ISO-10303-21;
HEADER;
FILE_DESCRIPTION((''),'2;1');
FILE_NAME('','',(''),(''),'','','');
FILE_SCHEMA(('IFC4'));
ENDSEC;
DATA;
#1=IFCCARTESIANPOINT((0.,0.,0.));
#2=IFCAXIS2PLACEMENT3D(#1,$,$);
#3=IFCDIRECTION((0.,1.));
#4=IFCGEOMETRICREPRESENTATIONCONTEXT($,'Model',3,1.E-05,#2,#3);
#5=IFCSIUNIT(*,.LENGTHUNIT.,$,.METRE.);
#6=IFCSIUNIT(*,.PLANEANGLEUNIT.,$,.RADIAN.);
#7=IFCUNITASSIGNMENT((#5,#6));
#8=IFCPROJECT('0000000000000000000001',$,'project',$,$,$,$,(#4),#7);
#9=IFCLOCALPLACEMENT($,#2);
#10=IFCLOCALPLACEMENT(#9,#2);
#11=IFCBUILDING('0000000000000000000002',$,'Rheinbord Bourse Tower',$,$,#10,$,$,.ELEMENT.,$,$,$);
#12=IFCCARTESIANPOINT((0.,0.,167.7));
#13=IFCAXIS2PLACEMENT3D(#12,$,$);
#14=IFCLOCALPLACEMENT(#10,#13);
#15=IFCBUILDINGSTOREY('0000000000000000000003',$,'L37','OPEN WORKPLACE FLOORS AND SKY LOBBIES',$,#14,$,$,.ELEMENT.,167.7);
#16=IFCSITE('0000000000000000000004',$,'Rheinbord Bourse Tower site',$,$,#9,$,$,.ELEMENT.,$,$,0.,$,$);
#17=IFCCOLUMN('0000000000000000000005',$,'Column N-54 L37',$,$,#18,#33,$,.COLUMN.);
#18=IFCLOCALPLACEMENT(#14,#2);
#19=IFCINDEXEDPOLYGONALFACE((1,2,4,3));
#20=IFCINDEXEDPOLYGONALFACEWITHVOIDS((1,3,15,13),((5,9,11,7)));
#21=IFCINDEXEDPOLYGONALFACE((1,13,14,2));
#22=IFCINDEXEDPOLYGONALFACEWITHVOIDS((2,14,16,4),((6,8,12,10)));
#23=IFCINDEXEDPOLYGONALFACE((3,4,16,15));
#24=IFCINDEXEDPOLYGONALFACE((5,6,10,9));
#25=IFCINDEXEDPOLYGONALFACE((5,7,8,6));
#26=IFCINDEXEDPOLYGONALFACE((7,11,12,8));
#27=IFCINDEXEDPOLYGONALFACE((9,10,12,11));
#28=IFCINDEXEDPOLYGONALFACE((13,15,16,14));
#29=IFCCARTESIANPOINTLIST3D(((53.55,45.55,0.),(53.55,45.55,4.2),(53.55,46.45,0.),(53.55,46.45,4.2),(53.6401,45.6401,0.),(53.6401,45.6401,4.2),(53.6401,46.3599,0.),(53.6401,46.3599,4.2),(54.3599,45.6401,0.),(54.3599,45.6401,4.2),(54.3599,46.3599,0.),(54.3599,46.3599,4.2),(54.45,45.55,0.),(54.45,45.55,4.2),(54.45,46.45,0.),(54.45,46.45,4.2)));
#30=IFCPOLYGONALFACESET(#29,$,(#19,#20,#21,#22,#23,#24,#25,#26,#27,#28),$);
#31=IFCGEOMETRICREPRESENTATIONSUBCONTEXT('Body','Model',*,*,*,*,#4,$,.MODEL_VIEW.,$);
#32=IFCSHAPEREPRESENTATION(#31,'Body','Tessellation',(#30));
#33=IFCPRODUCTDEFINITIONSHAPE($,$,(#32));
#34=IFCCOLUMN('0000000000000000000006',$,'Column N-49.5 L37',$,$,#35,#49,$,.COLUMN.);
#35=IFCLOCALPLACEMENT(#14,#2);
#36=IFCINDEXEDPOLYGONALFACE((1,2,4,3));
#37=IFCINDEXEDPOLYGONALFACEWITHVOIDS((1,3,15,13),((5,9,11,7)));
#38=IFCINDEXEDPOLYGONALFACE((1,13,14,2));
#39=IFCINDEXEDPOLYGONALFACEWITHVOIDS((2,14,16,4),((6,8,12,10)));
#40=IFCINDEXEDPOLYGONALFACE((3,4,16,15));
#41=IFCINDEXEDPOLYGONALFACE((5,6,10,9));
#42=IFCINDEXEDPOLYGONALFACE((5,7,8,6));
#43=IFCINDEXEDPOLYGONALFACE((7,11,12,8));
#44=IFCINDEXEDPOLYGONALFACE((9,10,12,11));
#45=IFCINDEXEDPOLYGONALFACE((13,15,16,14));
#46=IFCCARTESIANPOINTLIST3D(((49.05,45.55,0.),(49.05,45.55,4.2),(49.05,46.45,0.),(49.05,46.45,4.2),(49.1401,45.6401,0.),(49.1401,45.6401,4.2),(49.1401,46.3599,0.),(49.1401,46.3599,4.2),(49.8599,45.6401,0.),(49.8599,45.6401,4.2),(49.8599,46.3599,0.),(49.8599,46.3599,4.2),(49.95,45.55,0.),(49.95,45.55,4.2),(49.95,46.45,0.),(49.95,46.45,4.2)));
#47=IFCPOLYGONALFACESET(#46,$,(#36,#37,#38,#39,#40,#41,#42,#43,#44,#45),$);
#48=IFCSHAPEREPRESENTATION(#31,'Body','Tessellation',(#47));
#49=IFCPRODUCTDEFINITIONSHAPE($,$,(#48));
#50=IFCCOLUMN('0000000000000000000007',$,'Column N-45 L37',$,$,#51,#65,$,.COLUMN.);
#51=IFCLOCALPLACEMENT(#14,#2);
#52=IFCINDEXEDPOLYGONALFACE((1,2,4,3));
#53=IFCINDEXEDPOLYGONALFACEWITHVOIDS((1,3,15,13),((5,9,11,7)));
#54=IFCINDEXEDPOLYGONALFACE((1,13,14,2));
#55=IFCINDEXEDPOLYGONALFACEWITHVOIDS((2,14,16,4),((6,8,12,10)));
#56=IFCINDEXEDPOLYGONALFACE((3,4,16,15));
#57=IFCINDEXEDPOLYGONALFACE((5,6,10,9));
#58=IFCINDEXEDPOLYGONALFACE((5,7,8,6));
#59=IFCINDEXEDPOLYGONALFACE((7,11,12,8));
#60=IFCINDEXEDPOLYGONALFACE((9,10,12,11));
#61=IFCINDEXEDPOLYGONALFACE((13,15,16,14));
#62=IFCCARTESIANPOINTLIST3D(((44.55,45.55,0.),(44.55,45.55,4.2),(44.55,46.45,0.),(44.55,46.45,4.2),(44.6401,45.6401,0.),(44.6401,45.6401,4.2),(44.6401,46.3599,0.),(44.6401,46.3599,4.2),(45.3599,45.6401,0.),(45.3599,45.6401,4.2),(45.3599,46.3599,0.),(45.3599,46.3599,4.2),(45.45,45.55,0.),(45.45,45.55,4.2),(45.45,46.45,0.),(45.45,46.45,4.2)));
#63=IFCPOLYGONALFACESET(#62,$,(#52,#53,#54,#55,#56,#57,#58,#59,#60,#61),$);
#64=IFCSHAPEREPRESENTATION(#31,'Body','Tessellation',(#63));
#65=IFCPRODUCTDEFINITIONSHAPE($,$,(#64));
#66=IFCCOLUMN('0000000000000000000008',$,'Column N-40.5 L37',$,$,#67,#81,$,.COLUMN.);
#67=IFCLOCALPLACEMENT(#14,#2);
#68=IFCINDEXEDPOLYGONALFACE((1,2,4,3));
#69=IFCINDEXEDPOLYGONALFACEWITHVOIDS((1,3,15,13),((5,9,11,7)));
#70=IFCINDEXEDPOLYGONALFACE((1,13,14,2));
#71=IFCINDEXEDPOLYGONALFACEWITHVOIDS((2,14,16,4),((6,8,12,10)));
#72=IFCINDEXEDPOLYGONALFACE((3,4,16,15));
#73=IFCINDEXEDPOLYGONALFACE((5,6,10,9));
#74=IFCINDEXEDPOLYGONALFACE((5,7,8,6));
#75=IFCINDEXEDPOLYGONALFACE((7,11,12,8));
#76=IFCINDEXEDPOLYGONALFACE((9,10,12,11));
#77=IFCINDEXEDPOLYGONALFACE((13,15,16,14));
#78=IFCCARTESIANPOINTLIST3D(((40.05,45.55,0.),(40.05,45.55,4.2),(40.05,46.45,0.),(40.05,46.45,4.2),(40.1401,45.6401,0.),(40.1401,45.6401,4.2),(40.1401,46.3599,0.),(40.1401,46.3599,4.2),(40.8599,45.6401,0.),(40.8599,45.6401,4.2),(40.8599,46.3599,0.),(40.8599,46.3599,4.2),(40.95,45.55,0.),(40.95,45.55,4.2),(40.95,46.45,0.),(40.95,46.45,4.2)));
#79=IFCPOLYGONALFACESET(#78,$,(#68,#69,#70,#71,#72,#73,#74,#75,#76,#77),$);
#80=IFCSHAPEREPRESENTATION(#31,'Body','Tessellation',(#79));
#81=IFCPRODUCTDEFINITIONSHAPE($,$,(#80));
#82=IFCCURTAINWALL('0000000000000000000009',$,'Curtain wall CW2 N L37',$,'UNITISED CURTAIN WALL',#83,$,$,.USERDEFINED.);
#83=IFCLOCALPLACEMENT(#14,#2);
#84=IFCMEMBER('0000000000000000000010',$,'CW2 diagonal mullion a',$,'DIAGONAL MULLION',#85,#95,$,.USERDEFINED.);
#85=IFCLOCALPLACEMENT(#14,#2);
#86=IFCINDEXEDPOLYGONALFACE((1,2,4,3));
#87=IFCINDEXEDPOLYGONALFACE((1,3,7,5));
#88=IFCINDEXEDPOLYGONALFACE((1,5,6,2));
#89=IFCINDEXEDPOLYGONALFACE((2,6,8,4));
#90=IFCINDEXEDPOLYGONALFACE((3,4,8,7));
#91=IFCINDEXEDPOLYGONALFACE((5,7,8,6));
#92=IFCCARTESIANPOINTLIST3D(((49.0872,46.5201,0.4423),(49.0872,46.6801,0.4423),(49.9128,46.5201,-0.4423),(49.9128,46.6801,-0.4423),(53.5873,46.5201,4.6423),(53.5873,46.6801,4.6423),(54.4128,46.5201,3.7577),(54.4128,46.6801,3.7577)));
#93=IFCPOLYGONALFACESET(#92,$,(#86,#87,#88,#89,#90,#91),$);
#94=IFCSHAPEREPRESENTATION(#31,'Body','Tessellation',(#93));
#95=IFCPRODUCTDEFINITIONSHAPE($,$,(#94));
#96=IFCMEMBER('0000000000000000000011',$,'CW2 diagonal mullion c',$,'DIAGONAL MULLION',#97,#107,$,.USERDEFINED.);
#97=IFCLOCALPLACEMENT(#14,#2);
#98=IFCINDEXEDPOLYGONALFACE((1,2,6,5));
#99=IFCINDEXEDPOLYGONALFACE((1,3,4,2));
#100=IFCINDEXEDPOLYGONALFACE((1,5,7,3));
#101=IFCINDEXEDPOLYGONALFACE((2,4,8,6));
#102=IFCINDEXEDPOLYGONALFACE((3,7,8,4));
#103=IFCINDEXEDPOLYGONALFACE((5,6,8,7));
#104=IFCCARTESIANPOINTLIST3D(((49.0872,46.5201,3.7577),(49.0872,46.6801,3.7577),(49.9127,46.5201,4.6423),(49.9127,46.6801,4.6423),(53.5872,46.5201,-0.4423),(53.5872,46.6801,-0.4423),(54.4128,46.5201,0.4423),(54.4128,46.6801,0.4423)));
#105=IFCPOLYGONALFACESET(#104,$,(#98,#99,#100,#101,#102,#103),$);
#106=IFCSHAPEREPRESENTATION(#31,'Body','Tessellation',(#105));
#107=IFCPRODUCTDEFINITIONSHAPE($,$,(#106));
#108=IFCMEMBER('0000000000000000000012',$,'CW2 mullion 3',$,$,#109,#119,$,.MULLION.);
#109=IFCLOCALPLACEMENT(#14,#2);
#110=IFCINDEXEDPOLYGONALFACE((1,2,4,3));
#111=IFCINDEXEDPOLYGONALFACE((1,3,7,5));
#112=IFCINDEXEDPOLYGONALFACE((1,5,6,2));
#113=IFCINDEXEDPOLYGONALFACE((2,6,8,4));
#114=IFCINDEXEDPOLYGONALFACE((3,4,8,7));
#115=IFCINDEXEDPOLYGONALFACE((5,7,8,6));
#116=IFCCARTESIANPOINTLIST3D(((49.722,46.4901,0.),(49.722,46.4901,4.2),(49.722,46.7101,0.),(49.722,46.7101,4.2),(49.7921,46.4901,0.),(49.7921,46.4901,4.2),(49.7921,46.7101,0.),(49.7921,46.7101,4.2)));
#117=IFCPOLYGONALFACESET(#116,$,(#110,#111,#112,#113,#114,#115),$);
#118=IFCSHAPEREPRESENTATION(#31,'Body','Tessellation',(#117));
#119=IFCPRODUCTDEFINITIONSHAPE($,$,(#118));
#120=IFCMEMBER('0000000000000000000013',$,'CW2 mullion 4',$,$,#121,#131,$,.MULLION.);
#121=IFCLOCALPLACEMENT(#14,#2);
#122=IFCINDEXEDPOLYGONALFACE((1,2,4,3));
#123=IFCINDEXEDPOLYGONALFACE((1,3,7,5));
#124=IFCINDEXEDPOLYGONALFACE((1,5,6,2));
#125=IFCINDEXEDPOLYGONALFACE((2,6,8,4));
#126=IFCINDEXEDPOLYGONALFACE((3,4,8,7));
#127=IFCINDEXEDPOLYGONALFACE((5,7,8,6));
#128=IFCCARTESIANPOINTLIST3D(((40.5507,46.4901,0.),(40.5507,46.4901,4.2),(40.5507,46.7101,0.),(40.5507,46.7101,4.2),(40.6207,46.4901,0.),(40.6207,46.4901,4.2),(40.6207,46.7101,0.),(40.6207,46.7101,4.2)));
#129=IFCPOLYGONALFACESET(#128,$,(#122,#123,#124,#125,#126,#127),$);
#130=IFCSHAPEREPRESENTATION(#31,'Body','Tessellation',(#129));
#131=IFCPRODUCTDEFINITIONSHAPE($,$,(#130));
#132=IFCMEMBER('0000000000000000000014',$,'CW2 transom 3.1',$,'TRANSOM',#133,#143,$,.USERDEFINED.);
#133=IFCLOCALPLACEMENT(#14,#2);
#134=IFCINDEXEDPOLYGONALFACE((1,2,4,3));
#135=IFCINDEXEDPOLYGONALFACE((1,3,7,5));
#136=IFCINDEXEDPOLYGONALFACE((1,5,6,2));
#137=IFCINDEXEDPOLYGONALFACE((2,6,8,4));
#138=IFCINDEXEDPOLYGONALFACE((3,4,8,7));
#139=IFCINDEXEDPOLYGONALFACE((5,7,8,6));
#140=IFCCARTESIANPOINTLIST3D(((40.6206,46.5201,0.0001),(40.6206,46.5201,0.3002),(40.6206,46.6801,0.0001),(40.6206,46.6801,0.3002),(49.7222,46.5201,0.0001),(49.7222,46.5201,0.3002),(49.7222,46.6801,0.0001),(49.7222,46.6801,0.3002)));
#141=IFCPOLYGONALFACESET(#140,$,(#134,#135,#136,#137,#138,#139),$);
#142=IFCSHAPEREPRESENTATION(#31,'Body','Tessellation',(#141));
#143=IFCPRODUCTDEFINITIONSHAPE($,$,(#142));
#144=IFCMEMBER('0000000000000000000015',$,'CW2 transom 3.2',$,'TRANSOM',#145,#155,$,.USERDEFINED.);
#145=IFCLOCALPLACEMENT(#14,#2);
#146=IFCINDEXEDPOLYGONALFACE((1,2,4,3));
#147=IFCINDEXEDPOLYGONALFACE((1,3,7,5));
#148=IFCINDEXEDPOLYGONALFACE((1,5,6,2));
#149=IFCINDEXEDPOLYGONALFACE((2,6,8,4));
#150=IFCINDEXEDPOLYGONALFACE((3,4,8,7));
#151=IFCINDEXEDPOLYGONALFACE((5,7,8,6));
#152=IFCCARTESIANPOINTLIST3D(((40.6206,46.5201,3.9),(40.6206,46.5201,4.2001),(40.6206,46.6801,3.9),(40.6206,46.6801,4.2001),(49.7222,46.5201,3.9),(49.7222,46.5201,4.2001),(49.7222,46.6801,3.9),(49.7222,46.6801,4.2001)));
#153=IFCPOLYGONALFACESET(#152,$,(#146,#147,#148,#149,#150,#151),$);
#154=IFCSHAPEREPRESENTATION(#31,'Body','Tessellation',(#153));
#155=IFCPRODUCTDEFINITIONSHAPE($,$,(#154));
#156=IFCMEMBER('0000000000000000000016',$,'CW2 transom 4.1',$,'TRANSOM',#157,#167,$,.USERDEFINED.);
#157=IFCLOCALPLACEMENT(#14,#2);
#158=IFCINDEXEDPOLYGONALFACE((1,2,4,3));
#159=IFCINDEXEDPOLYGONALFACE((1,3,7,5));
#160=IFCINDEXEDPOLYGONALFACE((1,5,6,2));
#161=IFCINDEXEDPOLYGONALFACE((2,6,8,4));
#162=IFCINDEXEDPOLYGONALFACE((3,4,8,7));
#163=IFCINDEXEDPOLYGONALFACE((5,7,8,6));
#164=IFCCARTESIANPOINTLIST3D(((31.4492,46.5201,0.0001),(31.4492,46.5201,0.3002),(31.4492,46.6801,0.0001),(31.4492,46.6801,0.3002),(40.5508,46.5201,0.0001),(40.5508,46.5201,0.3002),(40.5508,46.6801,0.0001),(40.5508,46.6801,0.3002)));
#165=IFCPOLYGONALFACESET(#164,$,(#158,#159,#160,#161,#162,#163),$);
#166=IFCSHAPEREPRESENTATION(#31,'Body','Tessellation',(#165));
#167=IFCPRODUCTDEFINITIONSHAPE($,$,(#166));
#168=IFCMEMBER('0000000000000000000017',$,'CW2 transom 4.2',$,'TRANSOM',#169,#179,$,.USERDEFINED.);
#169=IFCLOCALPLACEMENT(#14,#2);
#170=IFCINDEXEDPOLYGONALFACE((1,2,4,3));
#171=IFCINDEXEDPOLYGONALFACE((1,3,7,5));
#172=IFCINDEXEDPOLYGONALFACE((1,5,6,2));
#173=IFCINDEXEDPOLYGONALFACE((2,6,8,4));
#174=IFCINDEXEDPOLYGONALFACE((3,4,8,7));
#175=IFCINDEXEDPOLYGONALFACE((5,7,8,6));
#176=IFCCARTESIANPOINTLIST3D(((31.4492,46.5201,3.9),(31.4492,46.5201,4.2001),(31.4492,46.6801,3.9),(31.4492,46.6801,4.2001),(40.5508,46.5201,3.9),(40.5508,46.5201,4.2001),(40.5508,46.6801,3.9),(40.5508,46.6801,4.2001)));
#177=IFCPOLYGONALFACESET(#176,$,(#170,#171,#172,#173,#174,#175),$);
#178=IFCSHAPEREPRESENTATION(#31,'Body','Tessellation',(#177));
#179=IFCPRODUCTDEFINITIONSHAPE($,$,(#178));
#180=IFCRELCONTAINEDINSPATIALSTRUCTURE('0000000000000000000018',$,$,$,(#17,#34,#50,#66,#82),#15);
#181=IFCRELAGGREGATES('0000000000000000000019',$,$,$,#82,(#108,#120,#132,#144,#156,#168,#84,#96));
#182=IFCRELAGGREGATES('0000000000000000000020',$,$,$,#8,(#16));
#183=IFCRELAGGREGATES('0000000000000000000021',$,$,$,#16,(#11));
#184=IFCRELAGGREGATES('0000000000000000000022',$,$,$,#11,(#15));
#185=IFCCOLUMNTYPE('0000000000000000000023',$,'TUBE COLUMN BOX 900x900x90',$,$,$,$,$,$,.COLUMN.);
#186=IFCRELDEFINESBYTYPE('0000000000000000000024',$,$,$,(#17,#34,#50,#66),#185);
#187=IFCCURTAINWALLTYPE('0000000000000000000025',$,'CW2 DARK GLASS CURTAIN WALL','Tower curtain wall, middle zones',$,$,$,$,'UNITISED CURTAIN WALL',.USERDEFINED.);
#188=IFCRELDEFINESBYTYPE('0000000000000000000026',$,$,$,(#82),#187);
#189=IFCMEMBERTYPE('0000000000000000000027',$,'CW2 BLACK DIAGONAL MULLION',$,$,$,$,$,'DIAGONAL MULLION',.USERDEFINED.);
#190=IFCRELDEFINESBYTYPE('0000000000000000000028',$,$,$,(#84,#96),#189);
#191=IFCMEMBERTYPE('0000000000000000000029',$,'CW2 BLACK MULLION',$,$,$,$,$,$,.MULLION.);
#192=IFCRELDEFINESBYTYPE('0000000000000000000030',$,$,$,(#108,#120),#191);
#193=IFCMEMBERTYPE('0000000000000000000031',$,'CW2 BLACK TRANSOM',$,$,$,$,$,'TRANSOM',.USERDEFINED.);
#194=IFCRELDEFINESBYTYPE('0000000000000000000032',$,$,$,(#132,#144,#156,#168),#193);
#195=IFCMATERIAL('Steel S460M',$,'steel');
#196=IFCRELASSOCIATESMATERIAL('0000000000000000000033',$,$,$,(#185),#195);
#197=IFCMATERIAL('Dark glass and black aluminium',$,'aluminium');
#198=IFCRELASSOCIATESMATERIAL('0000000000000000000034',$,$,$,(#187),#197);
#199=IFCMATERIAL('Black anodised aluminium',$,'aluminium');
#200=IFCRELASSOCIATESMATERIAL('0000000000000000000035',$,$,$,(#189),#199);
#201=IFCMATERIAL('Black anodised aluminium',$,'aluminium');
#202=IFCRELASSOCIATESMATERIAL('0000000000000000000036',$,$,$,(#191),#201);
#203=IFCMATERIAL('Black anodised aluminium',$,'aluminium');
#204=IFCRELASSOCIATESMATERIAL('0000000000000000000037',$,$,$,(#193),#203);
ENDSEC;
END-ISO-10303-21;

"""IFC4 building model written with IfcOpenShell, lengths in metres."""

from ifc_helpers import new_model, si_unit, direction, frame, origin, origin_2d, place, context, subcontext, project, spatial, rectangle, hollow_rectangle, extrude, material, material_profile, profile_set, type_object, element, aggregate, save


model = new_model("IFC4")

# Units and contexts
model_context = context("Model", 3, precision=1e-05, world=origin(), true_north=direction((0.0, 1.0)))
body_context = subcontext(model_context, "Body", "Model", "MODEL_VIEW")
ifc_project = project(units=[si_unit("LENGTHUNIT", "METRE"), si_unit("PLANEANGLEUNIT", "RADIAN")], contexts=[model_context])

# Site, building, storey
site_placement = place(None, origin())
site = spatial("IfcSite", under=ifc_project, at=site_placement, Name="Rheinbord Bourse Tower site", CompositionType="ELEMENT", RefElevation=0.0)
building_placement = place(site_placement, origin())
building = spatial("IfcBuilding", under=site, at=building_placement, Name="Rheinbord Bourse Tower", CompositionType="ELEMENT")
storey_placement = place(building_placement, frame((0.0, 0.0, 167.7)))
storey = spatial("IfcBuildingStorey", under=building, at=storey_placement, Name="L37", Description="OPEN WORKPLACE FLOORS AND SKY LOBBIES", CompositionType="ELEMENT", Elevation=167.7)

# Columns
ifc_material_1 = material(Name="Steel S460M", Category="steel")
ifc_material_profile_1 = material_profile(ifc_material_1, hollow_rectangle(XDim=0.8999, YDim=0.8999, WallThickness=0.0901, at=origin_2d()), Name="BOX 900x900x90")
ifc_profile_set_1 = profile_set([ifc_material_profile_1], Name="Steel S460M")
column_type = type_object("IfcColumnType", Name="TUBE COLUMN BOX 900x900x90", PredefinedType="COLUMN", material=ifc_profile_set_1)
for number, where, z_axis, x_axis, name in (
    (1, (54.0, 46.0, 0.0), (0.0, 0.0, 1.0), (0.0, 1.0, 0.0), "Column N-54 L37"),
    (2, (49.5, 46.0, 0.0), (0.0, 0.0, 1.0), (0.0, 1.0, 0.0), "Column N-49.5 L37"),
    (3, (45.0, 46.0, 0.0), (0.0, 0.0, 1.0), (0.0, 1.0, 0.0), "Column N-45 L37"),
    (4, (40.5, 46.0, 0.0), (0.0, 0.0, 1.0), (0.0, 1.0, 0.0), "Column N-40.5 L37"),
):
    element("IfcColumn", number, at=place(storey_placement, frame(where, z_axis=z_axis, x_axis=x_axis)), inside=storey, type_object=column_type, Name=name, PredefinedType="COLUMN", context=body_context, shape_type="SweptSolid", body=[
        extrude(hollow_rectangle(XDim=0.8999, YDim=0.8999, WallThickness=0.0901, at=origin_2d()), origin(), (0.0, 0.0, 1.0), 4.2),
    ])

# Curtain wall, members
ifc_material_2 = material(Name="Dark glass and black aluminium", Category="aluminium")
curtain_wall_type = type_object("IfcCurtainWallType", Name="CW2 DARK GLASS CURTAIN WALL", Description="Tower curtain wall, middle zones", ElementType="UNITISED CURTAIN WALL", PredefinedType="USERDEFINED", material=ifc_material_2)
curtain_wall_placement = place(storey_placement, origin())
curtain_wall = element("IfcCurtainWall", 5, at=curtain_wall_placement, inside=storey, type_object=curtain_wall_type, Name="Curtain wall CW2 N L37", ObjectType="UNITISED CURTAIN WALL", PredefinedType="USERDEFINED")
ifc_material_3 = material(Name="Black anodised aluminium", Category="aluminium")
ifc_material_profile_2 = material_profile(ifc_material_3, rectangle(XDim=0.1599, YDim=1.21, at=origin_2d()), Name="CW2 DIAGONAL MULLION 1210x160")
ifc_profile_set_2 = profile_set([ifc_material_profile_2], Name="Black anodised aluminium")
member_type_1 = type_object("IfcMemberType", Name="CW2 BLACK DIAGONAL MULLION", ElementType="DIAGONAL MULLION", PredefinedType="USERDEFINED", material=ifc_profile_set_2)
member_1_placement = place(storey_placement, frame((49.5, 46.6001, 0.0), z_axis=(0.731059, 0.0, 0.682314), x_axis=(0.0, 1.0, 0.0)))
member_1 = element("IfcMember", 6, at=member_1_placement, type_object=member_type_1, Name="CW2 diagonal mullion a", ObjectType="DIAGONAL MULLION", PredefinedType="USERDEFINED", context=body_context, shape_type="SweptSolid", body=[
    extrude(rectangle(XDim=0.1599, YDim=1.21, at=origin_2d()), origin(), (0.0, 0.0, 1.0), 6.1555),
])
member_2_placement = place(storey_placement, frame((54.0, 46.6001, 0.0), z_axis=(-0.731059, 0.0, 0.682314), x_axis=(0.0, -1.0, 0.0)))
member_2 = element("IfcMember", 7, at=member_2_placement, type_object=member_type_1, Name="CW2 diagonal mullion c", ObjectType="DIAGONAL MULLION", PredefinedType="USERDEFINED", context=body_context, shape_type="SweptSolid", body=[
    extrude(rectangle(XDim=0.1599, YDim=1.21, at=origin_2d()), origin(), (0.0, 0.0, 1.0), 6.1555),
])
ifc_material_4 = material(Name="Black anodised aluminium", Category="aluminium")
ifc_material_profile_3 = material_profile(ifc_material_4, rectangle(XDim=0.22, YDim=0.0701, at=origin_2d()), Name="CW2 MULLION 70x220")
ifc_profile_set_3 = profile_set([ifc_material_profile_3], Name="Black anodised aluminium")
member_type_2 = type_object("IfcMemberType", Name="CW2 BLACK MULLION", PredefinedType="MULLION", material=ifc_profile_set_3)
member_3_placement = place(storey_placement, frame((49.7571, 46.6001, 0.0), z_axis=(0.0, 0.0, 1.0), x_axis=(0.0, -1.0, 0.0)))
member_3 = element("IfcMember", 8, at=member_3_placement, type_object=member_type_2, Name="CW2 mullion 3", PredefinedType="MULLION", context=body_context, shape_type="SweptSolid", body=[
    extrude(rectangle(XDim=0.22, YDim=0.0701, at=origin_2d()), origin(), (0.0, 0.0, 1.0), 4.2),
])
member_4_placement = place(storey_placement, frame((40.5857, 46.6001, 0.0), z_axis=(0.0, 0.0, 1.0), x_axis=(0.0, -1.0, 0.0)))
member_4 = element("IfcMember", 9, at=member_4_placement, type_object=member_type_2, Name="CW2 mullion 4", PredefinedType="MULLION", context=body_context, shape_type="SweptSolid", body=[
    extrude(rectangle(XDim=0.22, YDim=0.0701, at=origin_2d()), origin(), (0.0, 0.0, 1.0), 4.2),
])
ifc_material_5 = material(Name="Black anodised aluminium", Category="aluminium")
ifc_material_profile_4 = material_profile(ifc_material_5, rectangle(XDim=0.1599, YDim=0.3, at=origin_2d()), Name="CW2 TRANSOM 300x160")
ifc_profile_set_4 = profile_set([ifc_material_profile_4], Name="Black anodised aluminium")
member_type_3 = type_object("IfcMemberType", Name="CW2 BLACK TRANSOM", ElementType="TRANSOM", PredefinedType="USERDEFINED", material=ifc_profile_set_4)
member_5_placement = place(storey_placement, frame((49.7222, 46.6001, 0.1501), z_axis=(-1.0, 0.0, 0.0), x_axis=(0.0, -1.0, 0.0)))
member_5 = element("IfcMember", 10, at=member_5_placement, type_object=member_type_3, Name="CW2 transom 3.1", ObjectType="TRANSOM", PredefinedType="USERDEFINED", context=body_context, shape_type="SweptSolid", body=[
    extrude(rectangle(XDim=0.1599, YDim=0.3, at=origin_2d()), origin(), (0.0, 0.0, 1.0), 9.1016),
])
member_6_placement = place(storey_placement, frame((49.7222, 46.6001, 4.05), z_axis=(-1.0, 0.0, 0.0), x_axis=(0.0, -1.0, 0.0)))
member_6 = element("IfcMember", 11, at=member_6_placement, type_object=member_type_3, Name="CW2 transom 3.2", ObjectType="TRANSOM", PredefinedType="USERDEFINED", context=body_context, shape_type="SweptSolid", body=[
    extrude(rectangle(XDim=0.1599, YDim=0.3, at=origin_2d()), origin(), (0.0, 0.0, 1.0), 9.1016),
])
member_7_placement = place(storey_placement, frame((40.5508, 46.6001, 0.1501), z_axis=(-1.0, 0.0, 0.0), x_axis=(0.0, -1.0, 0.0)))
member_7 = element("IfcMember", 12, at=member_7_placement, type_object=member_type_3, Name="CW2 transom 4.1", ObjectType="TRANSOM", PredefinedType="USERDEFINED", context=body_context, shape_type="SweptSolid", body=[
    extrude(rectangle(XDim=0.1599, YDim=0.3, at=origin_2d()), origin(), (0.0, 0.0, 1.0), 9.1016),
])
member_8_placement = place(storey_placement, frame((40.5508, 46.6001, 4.05), z_axis=(-1.0, 0.0, 0.0), x_axis=(0.0, -1.0, 0.0)))
member_8 = element("IfcMember", 13, at=member_8_placement, type_object=member_type_3, Name="CW2 transom 4.2", ObjectType="TRANSOM", PredefinedType="USERDEFINED", context=body_context, shape_type="SweptSolid", body=[
    extrude(rectangle(XDim=0.1599, YDim=0.3, at=origin_2d()), origin(), (0.0, 0.0, 1.0), 9.1016),
])

aggregate(curtain_wall, [member_3, member_4, member_5, member_6, member_7, member_8, member_1, member_2])

save(model, "model.ifc")
